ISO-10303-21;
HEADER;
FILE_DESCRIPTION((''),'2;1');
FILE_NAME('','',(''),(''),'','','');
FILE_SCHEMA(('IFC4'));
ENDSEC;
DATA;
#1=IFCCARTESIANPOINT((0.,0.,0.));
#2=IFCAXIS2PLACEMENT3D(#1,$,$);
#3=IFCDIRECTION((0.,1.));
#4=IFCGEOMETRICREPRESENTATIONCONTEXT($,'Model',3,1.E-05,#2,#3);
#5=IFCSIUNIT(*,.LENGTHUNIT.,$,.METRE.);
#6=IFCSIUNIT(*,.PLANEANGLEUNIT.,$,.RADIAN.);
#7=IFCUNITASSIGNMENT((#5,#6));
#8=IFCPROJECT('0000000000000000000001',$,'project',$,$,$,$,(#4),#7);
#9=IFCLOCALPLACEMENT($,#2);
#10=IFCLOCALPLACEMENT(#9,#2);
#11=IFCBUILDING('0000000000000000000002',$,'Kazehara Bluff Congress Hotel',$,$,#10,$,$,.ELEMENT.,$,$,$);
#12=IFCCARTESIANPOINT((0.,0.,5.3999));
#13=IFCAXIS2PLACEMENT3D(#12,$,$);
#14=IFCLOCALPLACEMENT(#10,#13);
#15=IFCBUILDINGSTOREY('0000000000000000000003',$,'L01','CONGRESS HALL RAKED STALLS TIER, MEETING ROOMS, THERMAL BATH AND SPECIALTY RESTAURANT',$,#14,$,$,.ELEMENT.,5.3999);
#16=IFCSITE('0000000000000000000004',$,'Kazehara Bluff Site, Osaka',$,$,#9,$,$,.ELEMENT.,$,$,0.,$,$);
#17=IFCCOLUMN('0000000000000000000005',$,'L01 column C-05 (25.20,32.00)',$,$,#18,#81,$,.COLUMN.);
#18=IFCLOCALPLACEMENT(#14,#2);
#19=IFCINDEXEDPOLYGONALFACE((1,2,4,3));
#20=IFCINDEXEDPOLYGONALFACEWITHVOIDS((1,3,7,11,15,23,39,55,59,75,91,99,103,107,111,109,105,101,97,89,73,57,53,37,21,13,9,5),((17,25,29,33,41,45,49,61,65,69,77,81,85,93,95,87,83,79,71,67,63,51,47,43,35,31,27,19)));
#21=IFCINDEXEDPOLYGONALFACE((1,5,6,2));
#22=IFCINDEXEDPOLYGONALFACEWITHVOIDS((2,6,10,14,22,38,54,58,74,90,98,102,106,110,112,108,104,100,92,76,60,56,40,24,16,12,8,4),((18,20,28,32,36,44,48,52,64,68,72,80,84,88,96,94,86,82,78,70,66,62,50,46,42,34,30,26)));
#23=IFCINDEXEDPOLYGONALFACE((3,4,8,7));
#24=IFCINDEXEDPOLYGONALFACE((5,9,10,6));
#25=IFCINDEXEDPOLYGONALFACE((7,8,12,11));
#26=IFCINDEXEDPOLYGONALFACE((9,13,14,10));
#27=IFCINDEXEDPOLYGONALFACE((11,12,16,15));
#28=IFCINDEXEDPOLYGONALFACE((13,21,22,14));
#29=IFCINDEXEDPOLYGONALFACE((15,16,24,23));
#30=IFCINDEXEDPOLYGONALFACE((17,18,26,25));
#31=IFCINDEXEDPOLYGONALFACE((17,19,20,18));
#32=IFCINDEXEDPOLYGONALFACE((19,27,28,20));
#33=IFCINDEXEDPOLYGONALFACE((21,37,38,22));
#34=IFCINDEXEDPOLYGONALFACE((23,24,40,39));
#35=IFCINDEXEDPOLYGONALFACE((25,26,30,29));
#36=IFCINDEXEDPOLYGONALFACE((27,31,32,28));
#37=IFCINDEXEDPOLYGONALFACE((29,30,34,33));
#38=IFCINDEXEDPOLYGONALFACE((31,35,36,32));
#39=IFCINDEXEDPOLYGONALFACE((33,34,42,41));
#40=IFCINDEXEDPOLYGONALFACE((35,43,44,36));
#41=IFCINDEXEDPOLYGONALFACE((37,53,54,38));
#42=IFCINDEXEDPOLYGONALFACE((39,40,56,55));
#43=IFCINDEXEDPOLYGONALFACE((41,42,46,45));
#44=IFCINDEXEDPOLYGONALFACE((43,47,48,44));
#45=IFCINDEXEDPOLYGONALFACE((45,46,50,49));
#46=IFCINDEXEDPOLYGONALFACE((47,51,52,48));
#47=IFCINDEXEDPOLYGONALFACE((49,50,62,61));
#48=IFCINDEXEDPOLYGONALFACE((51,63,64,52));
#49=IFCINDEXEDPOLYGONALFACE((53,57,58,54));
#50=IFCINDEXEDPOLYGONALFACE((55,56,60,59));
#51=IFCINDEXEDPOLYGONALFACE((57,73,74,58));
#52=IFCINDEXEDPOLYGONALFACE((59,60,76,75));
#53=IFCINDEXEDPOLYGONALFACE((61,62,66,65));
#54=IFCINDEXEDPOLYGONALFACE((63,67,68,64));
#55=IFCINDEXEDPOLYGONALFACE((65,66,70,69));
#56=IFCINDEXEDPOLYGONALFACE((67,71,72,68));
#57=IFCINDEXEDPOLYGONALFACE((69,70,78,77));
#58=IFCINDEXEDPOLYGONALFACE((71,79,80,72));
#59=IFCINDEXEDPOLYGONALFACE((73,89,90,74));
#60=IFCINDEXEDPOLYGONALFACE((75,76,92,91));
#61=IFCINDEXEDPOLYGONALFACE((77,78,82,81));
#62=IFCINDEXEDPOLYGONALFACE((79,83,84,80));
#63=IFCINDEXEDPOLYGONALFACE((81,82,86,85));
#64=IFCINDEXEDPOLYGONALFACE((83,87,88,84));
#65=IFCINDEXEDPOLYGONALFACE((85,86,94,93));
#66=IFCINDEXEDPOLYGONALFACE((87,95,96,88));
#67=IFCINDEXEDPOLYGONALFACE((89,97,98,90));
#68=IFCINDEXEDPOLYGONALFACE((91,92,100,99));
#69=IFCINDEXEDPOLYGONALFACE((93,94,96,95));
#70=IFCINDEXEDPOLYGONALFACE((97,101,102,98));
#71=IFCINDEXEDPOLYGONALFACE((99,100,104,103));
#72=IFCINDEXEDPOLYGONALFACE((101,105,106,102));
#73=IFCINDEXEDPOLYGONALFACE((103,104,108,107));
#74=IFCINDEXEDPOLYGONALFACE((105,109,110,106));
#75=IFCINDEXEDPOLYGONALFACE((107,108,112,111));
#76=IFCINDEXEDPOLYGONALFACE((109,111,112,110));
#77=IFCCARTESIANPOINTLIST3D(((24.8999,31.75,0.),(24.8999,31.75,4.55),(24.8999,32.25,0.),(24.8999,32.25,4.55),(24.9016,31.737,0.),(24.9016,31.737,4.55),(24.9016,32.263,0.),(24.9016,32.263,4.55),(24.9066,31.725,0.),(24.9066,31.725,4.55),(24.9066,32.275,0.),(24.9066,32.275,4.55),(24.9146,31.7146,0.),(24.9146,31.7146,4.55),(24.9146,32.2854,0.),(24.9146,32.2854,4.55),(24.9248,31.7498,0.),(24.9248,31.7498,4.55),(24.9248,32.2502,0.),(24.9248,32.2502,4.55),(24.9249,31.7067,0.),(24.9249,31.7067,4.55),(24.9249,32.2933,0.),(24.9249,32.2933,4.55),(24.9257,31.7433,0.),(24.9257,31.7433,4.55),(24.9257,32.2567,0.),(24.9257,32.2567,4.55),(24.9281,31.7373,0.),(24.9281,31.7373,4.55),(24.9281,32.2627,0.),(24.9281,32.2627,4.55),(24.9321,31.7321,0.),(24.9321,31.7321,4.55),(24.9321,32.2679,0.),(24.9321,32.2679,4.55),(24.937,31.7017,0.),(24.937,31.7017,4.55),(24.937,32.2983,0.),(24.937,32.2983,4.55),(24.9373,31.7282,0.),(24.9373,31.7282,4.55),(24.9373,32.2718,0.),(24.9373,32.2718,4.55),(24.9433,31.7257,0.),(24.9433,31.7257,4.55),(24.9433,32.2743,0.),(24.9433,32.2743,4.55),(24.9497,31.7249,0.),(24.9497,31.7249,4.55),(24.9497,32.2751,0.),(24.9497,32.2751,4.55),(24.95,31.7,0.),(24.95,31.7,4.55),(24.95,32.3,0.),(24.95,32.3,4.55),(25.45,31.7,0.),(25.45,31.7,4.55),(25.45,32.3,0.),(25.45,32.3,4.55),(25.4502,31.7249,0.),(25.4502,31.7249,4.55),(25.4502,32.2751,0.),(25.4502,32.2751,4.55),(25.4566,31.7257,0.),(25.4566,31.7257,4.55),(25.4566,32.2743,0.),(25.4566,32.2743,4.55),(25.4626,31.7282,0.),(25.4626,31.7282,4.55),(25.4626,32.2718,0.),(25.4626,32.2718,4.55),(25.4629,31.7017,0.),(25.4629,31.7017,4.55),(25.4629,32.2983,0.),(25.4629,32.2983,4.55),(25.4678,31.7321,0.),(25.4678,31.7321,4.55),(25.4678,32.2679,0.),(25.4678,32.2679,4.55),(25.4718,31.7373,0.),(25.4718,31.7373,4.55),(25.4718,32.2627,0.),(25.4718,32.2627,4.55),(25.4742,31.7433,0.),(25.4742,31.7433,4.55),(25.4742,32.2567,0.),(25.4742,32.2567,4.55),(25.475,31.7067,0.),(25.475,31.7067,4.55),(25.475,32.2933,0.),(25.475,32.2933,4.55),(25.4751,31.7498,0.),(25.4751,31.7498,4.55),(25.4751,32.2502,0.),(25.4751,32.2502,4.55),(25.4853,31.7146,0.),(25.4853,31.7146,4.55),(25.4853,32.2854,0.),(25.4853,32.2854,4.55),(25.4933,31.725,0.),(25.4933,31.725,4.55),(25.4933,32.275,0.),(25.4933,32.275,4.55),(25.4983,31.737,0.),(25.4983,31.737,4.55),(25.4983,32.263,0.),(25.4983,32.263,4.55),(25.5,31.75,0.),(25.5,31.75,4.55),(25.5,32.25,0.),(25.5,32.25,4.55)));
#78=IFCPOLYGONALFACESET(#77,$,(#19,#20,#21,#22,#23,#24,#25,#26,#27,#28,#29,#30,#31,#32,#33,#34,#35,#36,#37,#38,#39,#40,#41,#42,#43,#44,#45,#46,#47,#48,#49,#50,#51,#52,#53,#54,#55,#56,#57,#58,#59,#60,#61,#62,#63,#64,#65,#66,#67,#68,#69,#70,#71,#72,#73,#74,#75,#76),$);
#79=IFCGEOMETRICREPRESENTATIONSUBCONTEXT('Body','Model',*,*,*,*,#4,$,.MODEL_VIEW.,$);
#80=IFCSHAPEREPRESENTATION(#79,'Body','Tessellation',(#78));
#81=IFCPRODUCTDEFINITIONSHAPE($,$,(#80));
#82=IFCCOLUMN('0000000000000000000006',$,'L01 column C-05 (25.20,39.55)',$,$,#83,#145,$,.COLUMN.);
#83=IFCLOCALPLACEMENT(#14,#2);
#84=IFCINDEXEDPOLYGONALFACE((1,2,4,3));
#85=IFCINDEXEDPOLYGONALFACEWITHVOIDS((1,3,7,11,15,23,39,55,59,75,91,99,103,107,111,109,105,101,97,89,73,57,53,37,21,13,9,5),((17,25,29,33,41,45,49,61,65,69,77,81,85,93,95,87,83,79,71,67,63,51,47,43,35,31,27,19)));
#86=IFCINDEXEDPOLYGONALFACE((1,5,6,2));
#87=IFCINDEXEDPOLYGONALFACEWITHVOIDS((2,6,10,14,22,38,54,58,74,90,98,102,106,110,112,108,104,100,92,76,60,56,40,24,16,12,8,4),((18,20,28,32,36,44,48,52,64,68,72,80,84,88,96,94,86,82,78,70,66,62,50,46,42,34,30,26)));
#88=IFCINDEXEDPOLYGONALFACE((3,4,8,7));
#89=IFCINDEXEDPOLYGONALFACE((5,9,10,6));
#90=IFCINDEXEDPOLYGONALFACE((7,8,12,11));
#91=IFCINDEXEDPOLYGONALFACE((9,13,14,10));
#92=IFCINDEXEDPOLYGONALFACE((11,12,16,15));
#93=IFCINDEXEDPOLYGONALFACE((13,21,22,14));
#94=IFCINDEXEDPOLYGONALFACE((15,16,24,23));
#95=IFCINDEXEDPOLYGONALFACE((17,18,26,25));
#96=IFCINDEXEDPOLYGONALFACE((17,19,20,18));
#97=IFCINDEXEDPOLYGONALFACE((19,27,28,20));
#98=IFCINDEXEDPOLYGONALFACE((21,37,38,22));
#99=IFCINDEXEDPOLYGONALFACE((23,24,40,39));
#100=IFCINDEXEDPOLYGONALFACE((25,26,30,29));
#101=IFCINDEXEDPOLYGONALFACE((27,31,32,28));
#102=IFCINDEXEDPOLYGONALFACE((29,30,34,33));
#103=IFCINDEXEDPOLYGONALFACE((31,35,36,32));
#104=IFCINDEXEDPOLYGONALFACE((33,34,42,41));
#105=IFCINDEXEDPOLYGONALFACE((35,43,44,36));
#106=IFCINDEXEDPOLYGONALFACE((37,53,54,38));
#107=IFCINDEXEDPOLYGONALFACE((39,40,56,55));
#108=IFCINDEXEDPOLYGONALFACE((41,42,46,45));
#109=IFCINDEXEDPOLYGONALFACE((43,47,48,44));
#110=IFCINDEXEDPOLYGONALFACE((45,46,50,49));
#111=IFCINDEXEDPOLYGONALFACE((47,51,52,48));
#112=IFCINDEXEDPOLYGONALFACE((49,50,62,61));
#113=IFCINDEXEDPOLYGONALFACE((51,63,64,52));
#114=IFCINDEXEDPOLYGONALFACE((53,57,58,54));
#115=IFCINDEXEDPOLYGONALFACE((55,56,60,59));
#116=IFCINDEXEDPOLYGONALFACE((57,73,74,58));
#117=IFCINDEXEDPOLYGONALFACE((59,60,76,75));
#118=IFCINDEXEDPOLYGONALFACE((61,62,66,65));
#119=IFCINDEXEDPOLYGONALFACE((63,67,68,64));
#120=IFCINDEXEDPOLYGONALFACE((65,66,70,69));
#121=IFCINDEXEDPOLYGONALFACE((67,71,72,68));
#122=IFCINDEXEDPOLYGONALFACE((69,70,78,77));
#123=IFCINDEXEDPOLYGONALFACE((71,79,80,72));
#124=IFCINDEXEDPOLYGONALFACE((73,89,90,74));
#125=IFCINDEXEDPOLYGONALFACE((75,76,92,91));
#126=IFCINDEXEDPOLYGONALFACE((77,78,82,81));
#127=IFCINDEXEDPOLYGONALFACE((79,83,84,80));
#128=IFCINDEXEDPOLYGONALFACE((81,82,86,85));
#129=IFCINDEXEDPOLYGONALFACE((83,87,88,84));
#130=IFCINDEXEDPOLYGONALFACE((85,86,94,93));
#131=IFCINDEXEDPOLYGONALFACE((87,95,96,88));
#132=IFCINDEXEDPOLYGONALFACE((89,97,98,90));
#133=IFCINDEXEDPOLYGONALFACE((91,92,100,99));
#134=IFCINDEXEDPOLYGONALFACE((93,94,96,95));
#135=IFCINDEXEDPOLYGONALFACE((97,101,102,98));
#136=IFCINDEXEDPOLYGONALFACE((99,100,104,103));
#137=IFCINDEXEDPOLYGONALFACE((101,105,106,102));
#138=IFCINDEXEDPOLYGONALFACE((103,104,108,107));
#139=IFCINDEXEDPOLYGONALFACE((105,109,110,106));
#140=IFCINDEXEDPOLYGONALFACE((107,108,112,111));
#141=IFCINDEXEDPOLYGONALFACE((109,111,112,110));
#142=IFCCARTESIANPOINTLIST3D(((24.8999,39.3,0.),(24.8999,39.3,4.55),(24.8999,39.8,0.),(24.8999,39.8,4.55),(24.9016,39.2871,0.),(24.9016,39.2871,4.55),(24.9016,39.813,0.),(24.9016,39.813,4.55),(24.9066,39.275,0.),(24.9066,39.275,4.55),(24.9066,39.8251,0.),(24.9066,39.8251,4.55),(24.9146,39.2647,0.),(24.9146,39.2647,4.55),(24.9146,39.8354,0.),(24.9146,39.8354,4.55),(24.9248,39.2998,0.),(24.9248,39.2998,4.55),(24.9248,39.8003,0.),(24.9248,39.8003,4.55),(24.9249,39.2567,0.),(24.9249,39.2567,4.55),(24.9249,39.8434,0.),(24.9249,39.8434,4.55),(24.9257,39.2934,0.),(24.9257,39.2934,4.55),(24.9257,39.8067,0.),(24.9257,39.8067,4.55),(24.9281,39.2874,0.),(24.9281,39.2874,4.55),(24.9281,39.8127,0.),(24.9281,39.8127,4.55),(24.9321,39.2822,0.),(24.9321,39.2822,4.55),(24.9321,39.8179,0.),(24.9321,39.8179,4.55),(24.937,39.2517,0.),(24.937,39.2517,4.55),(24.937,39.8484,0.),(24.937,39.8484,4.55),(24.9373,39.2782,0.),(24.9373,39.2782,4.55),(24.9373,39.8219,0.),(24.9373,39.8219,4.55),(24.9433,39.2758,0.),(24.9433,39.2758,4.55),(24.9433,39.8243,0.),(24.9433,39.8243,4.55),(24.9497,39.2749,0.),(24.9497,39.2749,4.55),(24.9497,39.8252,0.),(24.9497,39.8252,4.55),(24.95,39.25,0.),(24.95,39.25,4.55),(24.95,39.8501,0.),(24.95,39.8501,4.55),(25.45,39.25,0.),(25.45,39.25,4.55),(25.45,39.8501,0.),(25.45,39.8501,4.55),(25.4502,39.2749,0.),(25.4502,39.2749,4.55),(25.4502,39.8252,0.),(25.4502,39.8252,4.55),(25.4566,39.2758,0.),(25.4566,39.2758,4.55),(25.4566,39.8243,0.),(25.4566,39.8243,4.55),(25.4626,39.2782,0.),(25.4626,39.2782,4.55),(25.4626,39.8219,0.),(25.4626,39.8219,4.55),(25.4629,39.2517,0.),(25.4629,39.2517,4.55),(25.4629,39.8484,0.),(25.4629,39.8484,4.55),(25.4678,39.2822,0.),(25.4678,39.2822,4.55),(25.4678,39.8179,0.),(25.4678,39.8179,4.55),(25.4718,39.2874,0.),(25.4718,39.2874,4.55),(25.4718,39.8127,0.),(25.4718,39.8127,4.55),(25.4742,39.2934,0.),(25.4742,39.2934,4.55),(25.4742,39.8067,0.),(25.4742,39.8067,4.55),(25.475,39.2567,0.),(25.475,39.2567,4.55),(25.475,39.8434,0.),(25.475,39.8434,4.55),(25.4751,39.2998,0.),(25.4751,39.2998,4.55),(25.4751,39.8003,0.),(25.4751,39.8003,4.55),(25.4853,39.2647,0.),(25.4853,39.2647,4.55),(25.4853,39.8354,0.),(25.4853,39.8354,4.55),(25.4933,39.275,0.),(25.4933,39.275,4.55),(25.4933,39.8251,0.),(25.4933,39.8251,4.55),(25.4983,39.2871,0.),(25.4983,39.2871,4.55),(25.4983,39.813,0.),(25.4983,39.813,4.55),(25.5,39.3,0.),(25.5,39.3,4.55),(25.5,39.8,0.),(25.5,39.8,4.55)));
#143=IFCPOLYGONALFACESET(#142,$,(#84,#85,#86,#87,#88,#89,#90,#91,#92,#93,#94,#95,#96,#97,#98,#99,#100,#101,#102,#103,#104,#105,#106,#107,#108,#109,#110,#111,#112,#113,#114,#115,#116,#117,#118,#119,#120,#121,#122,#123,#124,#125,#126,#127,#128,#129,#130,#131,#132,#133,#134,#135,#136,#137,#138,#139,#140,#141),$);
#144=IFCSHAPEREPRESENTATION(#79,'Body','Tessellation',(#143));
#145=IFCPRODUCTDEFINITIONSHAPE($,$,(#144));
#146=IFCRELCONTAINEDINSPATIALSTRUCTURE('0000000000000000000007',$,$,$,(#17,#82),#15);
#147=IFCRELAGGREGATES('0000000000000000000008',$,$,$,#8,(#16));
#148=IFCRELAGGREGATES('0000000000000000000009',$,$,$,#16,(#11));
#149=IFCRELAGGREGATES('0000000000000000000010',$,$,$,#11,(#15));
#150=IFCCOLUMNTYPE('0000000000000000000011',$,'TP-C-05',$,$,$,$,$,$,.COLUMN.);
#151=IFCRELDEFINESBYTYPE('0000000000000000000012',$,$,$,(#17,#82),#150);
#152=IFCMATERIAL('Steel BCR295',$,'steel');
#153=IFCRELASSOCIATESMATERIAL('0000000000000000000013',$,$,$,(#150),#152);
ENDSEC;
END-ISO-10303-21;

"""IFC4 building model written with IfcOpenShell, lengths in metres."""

from ifc_helpers import new_model, si_unit, direction, frame, origin, origin_2d, place, context, subcontext, project, spatial, hollow_rectangle, extrude, material, material_profile, profile_set, type_object, element, save


model = new_model("IFC4")

# Units and contexts
model_context = context("Model", 3, precision=1e-05, world=origin(), true_north=direction((0.0, 1.0)))
body_context = subcontext(model_context, "Body", "Model", "MODEL_VIEW")
ifc_project = project(units=[si_unit("LENGTHUNIT", "METRE"), si_unit("PLANEANGLEUNIT", "RADIAN")], contexts=[model_context])

# Site, building, storey
site_placement = place(None, origin())
site = spatial("IfcSite", under=ifc_project, at=site_placement, Name="Kazehara Bluff Site, Osaka", CompositionType="ELEMENT", RefElevation=0.0)
building_placement = place(site_placement, origin())
building = spatial("IfcBuilding", under=site, at=building_placement, Name="Kazehara Bluff Congress Hotel", CompositionType="ELEMENT")
storey_placement = place(building_placement, frame((0.0, 0.0, 5.3999)))
storey = spatial("IfcBuildingStorey", under=building, at=storey_placement, Name="L01", Description="CONGRESS HALL RAKED STALLS TIER, MEETING ROOMS, THERMAL BATH AND SPECIALTY RESTAURANT", CompositionType="ELEMENT", Elevation=5.3999)

# Columns
ifc_material_1 = material(Name="Steel BCR295", Category="steel")
ifc_material_profile_1 = material_profile(ifc_material_1, hollow_rectangle(XDim=0.6001, YDim=0.6001, WallThickness=0.0249, InnerFilletRadius=0.0249, OuterFilletRadius=0.05, at=origin_2d()))
ifc_profile_set_1 = profile_set([ifc_material_profile_1], Name="Steel BCR295")
column_type = type_object("IfcColumnType", Name="TP-C-05", PredefinedType="COLUMN", material=ifc_profile_set_1)
for number, where, z_axis, x_axis, name in (
    (1, (25.2, 32.0, 0.0), (0.0, 0.0, 1.0), (1.0, 0.0, 0.0), "L01 column C-05 (25.20,32.00)"),
    (2, (25.2, 39.55, 0.0), (0.0, 0.0, 1.0), (1.0, 0.0, 0.0), "L01 column C-05 (25.20,39.55)"),
):
    element("IfcColumn", number, at=place(storey_placement, frame(where, z_axis=z_axis, x_axis=x_axis)), inside=storey, type_object=column_type, Name=name, PredefinedType="COLUMN", context=body_context, shape_type="SweptSolid", body=[
        extrude(hollow_rectangle(XDim=0.6001, YDim=0.6001, WallThickness=0.0249, InnerFilletRadius=0.0249, OuterFilletRadius=0.05, at=origin_2d()), origin(), (0.0, 0.0, 1.0), 4.55),
    ])

save(model, "model.ifc")
